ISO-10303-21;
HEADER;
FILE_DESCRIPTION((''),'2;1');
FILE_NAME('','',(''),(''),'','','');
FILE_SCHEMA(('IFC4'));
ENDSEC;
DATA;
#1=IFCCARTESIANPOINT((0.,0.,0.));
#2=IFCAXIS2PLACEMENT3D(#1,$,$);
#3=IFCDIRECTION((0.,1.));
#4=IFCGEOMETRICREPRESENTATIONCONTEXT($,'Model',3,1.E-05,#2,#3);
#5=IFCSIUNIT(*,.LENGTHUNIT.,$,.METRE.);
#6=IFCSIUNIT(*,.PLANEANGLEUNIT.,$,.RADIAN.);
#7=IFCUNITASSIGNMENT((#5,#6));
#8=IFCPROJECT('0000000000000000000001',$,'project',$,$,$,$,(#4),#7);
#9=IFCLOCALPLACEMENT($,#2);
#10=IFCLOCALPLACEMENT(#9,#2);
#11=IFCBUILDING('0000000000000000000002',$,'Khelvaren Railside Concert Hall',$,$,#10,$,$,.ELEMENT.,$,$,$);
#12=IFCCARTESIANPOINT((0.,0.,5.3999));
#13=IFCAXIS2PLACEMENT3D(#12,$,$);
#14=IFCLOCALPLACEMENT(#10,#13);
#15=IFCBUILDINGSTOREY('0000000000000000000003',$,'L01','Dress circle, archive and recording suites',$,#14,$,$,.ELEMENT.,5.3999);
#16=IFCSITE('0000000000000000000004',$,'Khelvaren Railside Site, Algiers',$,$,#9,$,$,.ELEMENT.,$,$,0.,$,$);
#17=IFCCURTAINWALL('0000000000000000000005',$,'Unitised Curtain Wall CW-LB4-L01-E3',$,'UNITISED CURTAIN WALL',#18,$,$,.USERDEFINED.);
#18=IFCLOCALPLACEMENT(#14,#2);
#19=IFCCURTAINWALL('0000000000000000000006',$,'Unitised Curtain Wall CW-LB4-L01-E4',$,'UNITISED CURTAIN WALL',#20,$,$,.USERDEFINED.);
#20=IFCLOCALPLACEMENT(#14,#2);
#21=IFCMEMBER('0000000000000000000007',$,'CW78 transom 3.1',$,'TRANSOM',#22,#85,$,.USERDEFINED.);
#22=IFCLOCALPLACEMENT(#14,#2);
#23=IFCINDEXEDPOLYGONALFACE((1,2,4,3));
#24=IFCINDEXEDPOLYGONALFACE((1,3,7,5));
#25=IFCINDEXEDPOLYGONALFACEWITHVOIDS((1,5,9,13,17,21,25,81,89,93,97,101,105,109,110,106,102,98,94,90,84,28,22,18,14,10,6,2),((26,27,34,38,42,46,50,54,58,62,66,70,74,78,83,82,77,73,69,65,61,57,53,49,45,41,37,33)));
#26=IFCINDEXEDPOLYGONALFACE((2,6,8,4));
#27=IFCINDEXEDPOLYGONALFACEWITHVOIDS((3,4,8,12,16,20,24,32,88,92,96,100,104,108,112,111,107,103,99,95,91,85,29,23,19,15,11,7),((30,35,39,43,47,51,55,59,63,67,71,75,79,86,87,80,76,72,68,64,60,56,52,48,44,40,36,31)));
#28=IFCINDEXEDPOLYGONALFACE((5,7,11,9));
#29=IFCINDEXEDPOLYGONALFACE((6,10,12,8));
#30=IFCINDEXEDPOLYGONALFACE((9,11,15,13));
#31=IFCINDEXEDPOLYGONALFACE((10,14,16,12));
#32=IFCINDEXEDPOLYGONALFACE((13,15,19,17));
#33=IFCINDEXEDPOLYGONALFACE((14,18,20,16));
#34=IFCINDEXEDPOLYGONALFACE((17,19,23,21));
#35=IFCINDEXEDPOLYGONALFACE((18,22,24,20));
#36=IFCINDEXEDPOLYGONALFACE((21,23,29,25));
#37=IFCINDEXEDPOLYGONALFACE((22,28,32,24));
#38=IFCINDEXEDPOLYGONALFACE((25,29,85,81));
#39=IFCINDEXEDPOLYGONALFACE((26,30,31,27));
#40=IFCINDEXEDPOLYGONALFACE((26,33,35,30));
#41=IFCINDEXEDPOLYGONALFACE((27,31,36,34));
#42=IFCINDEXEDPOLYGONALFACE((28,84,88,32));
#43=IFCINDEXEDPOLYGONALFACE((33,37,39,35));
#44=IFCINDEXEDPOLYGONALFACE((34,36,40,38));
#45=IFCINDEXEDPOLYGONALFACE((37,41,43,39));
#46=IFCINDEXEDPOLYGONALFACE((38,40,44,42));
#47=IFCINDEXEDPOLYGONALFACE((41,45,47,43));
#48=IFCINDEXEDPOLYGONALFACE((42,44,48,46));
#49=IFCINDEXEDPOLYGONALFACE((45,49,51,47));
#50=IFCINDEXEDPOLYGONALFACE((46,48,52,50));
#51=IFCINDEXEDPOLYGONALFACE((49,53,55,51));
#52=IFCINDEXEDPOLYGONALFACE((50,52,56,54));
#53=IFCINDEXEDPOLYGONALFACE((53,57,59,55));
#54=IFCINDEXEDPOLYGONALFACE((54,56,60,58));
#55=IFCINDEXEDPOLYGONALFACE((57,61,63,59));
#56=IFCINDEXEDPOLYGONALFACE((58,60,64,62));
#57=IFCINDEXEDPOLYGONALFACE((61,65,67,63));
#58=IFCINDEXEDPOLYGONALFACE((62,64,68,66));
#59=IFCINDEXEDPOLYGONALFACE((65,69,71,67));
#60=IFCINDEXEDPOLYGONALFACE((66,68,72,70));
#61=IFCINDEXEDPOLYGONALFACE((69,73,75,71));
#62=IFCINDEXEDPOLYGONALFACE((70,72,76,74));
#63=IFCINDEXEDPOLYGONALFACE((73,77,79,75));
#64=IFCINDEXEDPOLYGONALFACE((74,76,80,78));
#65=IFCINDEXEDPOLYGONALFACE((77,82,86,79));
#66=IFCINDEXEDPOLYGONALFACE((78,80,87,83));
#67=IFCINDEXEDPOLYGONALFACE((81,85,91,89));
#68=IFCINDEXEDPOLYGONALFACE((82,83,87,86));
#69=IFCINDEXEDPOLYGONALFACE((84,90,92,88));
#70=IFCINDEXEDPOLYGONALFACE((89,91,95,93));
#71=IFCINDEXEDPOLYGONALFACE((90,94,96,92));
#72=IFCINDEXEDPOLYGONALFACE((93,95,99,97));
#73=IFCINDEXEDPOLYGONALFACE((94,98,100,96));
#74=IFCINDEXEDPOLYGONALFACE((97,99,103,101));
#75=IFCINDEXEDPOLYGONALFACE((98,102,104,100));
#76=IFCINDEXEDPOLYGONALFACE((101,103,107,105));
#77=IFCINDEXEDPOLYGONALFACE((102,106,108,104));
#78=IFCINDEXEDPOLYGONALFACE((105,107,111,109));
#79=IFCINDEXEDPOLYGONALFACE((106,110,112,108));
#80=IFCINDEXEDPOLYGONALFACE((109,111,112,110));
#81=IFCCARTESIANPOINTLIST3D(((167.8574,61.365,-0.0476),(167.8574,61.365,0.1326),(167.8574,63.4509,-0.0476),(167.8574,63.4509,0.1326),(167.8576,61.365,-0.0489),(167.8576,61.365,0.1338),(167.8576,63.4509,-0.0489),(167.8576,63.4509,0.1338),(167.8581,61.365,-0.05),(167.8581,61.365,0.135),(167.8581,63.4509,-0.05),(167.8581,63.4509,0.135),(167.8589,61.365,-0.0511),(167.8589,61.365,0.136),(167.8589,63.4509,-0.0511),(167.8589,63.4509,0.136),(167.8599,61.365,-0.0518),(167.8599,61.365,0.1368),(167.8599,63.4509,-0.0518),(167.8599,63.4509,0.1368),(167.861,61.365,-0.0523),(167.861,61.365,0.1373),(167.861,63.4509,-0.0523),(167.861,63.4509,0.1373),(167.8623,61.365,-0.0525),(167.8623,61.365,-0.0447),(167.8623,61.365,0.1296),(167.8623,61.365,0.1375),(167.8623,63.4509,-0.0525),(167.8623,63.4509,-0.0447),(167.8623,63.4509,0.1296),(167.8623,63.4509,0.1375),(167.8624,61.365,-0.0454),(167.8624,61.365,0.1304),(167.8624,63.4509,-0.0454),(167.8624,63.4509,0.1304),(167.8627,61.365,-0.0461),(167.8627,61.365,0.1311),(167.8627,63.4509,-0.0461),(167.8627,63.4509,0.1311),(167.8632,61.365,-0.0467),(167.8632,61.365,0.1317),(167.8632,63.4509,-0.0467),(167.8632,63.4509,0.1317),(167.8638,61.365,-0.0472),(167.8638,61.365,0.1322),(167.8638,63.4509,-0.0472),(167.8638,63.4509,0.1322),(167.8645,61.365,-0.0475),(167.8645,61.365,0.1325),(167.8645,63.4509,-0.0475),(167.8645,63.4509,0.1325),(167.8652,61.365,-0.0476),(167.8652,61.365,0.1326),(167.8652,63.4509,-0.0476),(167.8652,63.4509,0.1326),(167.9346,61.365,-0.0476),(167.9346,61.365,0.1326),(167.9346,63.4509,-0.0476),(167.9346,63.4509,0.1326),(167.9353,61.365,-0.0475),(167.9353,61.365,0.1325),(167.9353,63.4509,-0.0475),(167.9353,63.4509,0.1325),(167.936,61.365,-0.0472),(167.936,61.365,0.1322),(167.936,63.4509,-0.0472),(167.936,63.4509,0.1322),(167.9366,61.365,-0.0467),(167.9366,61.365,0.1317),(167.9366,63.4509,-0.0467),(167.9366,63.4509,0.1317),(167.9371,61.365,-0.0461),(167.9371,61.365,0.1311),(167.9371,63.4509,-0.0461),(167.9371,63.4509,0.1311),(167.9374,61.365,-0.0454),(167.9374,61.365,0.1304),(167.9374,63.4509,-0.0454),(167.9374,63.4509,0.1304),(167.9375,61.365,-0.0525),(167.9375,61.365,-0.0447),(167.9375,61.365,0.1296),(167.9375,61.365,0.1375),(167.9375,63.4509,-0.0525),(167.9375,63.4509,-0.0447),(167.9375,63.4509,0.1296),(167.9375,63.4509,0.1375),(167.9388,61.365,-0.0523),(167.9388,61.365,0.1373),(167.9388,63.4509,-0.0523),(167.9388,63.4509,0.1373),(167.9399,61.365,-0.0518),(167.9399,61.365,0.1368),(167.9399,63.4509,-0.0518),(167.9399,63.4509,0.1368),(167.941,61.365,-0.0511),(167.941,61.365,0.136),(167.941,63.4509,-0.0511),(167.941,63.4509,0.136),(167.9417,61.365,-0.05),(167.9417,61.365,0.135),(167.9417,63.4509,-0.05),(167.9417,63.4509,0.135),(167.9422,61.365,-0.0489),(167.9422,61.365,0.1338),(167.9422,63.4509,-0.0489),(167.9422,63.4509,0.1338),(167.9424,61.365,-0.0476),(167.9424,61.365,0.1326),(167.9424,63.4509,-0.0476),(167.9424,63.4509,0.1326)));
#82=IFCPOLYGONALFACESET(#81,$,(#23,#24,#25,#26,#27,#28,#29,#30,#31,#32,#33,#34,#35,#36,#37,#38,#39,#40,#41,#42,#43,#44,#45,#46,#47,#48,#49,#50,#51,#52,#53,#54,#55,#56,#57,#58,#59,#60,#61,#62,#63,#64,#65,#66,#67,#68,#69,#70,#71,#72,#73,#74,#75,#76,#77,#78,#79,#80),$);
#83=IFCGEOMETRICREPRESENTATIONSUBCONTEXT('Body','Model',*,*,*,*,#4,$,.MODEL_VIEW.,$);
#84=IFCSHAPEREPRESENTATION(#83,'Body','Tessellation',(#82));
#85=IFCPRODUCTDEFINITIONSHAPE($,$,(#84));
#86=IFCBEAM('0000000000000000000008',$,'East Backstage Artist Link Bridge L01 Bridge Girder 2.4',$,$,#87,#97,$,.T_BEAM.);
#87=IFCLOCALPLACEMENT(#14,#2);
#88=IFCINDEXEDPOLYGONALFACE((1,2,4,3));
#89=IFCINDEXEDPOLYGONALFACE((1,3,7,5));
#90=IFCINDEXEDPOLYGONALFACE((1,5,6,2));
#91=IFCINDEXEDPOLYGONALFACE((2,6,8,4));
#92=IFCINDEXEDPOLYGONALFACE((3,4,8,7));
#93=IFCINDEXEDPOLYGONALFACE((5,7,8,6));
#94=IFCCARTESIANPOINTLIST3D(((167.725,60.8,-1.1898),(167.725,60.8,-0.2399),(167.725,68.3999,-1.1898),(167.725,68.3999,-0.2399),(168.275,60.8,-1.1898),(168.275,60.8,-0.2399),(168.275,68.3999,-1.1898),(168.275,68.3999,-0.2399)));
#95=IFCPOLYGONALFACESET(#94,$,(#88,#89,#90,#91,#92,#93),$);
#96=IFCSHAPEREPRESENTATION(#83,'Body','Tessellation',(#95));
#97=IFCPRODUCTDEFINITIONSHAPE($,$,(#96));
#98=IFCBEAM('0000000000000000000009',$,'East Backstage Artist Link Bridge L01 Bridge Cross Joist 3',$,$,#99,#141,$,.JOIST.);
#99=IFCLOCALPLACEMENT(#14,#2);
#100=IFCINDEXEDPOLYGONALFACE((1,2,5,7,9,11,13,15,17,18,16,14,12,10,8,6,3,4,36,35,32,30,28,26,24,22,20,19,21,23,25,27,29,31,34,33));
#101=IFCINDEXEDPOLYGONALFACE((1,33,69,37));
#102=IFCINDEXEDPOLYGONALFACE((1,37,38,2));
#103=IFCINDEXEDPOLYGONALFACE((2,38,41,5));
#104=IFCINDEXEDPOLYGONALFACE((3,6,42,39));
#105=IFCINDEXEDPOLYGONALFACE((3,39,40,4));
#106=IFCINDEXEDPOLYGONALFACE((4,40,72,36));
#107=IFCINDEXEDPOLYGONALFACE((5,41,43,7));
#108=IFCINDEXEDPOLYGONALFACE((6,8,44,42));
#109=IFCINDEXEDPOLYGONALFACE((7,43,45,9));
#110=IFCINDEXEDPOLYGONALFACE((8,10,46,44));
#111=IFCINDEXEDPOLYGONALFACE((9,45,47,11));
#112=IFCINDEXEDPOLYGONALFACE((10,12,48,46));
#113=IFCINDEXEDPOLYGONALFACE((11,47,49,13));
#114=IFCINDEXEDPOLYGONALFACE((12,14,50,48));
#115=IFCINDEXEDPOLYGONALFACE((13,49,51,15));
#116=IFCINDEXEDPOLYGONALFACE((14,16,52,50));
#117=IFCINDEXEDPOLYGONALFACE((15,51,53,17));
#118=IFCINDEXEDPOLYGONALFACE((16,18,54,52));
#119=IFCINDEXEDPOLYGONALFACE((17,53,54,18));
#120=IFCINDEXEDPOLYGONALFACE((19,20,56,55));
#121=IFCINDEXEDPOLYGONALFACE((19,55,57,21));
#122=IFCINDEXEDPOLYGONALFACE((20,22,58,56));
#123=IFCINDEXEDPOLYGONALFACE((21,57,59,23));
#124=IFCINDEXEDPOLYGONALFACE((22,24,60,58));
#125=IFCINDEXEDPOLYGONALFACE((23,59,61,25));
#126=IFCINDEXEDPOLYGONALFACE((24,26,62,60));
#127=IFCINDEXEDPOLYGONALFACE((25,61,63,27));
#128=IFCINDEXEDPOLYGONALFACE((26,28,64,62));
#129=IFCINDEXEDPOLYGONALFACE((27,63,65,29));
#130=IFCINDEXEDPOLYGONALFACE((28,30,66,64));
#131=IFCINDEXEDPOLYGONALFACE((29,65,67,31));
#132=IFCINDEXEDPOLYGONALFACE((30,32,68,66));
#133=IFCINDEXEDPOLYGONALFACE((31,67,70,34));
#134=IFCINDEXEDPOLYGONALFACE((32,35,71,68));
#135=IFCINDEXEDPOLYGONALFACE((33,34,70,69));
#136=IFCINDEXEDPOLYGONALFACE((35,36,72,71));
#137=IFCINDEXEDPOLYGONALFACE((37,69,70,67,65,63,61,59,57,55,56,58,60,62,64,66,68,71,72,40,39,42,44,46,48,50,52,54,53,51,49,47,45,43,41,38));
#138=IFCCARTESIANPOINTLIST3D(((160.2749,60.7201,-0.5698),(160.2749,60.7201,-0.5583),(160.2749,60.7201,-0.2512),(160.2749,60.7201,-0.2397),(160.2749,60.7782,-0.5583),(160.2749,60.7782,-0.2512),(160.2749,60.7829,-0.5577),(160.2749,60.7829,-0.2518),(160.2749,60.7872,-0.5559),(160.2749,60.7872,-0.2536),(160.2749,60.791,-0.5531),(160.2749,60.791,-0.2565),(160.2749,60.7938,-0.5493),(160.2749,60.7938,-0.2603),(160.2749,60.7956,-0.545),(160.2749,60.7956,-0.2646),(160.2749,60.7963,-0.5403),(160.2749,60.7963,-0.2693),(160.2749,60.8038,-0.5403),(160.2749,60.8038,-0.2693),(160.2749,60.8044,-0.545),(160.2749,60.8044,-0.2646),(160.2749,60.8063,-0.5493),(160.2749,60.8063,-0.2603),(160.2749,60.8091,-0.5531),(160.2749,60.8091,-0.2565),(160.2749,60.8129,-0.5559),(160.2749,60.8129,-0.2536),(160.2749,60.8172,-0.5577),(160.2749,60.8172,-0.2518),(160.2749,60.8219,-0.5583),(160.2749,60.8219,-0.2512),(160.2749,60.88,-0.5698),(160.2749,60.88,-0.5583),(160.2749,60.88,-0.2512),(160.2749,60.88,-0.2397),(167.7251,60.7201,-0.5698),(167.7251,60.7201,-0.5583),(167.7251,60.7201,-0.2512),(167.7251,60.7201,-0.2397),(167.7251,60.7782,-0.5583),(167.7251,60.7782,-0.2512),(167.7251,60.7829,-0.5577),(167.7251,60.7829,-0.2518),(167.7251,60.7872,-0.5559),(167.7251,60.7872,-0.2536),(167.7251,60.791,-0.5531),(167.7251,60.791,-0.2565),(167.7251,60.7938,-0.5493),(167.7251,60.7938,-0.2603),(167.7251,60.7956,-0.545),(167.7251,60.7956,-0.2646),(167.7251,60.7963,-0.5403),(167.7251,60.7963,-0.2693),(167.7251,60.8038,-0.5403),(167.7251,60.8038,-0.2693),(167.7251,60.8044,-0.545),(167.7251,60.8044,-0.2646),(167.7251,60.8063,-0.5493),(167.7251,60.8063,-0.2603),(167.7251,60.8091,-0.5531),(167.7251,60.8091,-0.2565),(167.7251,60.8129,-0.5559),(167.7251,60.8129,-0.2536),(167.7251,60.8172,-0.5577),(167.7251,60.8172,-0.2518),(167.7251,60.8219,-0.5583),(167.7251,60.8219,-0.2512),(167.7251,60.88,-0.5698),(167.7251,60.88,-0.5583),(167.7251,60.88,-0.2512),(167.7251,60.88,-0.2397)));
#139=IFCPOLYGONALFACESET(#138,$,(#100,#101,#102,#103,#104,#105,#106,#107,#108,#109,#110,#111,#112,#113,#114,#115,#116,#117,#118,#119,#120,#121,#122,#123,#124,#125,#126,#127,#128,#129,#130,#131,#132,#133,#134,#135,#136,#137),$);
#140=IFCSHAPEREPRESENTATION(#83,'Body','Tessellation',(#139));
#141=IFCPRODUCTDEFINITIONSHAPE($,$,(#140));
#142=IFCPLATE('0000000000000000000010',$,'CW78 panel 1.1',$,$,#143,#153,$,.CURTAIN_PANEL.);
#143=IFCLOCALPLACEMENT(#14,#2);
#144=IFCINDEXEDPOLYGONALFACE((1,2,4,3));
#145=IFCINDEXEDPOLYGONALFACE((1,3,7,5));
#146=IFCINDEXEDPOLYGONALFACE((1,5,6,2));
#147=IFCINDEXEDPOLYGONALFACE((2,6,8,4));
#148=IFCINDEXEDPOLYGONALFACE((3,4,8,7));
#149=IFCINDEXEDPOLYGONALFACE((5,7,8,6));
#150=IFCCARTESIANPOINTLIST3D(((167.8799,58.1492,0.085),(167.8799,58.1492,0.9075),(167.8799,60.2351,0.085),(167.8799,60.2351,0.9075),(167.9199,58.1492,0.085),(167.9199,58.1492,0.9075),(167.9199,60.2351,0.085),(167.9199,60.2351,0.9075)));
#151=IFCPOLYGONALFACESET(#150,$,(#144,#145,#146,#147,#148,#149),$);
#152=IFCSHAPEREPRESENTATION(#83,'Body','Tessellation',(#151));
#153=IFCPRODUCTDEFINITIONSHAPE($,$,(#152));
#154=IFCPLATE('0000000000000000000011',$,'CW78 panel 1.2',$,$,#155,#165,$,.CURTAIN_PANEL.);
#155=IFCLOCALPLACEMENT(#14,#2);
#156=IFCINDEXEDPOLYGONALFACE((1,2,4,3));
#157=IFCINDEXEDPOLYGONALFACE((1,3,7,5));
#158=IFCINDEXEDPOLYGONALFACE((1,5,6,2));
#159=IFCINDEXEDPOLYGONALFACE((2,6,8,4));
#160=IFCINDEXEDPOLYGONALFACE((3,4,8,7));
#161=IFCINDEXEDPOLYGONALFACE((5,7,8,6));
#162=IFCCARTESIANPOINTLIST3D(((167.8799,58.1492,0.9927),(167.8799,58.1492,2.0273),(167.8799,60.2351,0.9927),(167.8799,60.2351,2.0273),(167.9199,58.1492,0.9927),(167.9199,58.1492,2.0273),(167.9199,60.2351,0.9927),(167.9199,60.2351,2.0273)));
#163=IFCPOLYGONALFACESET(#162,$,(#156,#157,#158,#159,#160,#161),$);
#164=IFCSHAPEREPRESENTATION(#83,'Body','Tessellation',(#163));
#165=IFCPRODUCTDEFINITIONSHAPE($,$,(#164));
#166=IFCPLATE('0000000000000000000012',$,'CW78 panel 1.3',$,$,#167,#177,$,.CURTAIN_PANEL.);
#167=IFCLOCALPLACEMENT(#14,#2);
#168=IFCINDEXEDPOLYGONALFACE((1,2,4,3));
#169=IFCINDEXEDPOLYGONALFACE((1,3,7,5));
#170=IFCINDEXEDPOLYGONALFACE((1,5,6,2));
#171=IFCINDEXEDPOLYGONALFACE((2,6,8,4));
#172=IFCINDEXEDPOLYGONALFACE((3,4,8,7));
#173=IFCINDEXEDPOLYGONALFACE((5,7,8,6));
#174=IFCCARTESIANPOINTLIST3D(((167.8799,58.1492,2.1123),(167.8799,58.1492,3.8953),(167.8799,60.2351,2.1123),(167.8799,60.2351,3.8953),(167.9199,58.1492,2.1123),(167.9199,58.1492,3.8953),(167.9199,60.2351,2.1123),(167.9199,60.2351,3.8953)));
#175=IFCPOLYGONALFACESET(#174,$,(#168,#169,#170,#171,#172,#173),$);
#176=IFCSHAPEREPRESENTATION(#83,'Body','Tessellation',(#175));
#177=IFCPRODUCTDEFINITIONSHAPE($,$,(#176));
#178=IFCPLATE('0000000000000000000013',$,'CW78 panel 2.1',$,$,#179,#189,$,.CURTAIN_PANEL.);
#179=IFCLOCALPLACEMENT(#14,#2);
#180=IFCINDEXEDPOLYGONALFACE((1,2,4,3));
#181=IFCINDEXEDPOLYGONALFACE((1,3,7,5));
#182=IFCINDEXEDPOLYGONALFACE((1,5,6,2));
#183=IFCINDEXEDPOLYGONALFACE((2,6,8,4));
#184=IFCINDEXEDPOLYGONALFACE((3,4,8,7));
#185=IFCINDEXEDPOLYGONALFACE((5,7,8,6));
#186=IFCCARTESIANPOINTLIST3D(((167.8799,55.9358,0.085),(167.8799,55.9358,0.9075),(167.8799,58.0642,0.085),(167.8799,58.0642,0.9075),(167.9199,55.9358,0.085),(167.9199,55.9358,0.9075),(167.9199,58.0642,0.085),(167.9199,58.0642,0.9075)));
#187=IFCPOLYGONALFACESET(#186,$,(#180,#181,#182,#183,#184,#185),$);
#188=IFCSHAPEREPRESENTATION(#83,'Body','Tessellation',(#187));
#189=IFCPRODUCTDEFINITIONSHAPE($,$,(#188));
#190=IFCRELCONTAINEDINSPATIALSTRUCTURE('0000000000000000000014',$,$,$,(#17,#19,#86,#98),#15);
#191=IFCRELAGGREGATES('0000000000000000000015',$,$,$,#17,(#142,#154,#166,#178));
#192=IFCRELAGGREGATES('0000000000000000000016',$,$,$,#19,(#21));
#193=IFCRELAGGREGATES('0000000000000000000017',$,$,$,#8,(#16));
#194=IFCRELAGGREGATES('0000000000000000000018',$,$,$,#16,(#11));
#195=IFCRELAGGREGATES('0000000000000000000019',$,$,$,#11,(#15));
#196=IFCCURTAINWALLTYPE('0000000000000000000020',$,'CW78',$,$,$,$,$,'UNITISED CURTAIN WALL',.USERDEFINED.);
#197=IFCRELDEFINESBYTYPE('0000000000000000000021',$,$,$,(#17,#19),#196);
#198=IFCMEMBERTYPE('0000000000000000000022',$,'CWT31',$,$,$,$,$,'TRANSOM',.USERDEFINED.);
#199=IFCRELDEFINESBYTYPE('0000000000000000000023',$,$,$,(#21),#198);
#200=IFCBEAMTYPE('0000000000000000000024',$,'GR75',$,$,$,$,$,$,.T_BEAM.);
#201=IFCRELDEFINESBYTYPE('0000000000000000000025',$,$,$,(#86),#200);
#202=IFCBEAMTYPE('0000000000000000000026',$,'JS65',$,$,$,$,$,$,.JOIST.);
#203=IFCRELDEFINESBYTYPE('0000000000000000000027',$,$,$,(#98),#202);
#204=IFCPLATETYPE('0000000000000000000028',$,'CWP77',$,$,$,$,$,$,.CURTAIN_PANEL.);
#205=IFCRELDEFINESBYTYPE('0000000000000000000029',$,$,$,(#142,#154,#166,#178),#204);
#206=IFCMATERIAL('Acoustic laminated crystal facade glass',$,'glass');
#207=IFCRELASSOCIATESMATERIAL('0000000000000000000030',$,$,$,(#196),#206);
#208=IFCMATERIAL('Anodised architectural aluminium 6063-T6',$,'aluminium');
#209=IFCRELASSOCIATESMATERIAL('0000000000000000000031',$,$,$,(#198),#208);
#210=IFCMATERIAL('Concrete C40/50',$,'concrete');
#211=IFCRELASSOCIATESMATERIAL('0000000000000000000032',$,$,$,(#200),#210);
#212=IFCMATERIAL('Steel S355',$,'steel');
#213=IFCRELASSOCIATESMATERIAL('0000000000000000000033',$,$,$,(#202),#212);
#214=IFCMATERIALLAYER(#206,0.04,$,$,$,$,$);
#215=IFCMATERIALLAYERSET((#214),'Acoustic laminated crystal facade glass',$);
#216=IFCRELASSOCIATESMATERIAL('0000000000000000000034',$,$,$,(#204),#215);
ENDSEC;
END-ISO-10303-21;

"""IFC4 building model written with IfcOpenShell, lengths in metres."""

from ifc_helpers import new_model, si_unit, direction, frame, origin, origin_2d, place, context, subcontext, project, spatial, rectangle, hollow_rectangle, i_section, extrude, material, layer, layer_set, material_profile, profile_set, type_object, element, aggregate, save


model = new_model("IFC4")

# Units and contexts
model_context = context("Model", 3, precision=1e-05, world=origin(), true_north=direction((0.0, 1.0)))
body_context = subcontext(model_context, "Body", "Model", "MODEL_VIEW")
ifc_project = project(units=[si_unit("LENGTHUNIT", "METRE"), si_unit("PLANEANGLEUNIT", "RADIAN")], contexts=[model_context])

# Site, building, storey
site_placement = place(None, origin())
site = spatial("IfcSite", under=ifc_project, at=site_placement, Name="Khelvaren Railside Site, Algiers", CompositionType="ELEMENT", RefElevation=0.0)
building_placement = place(site_placement, origin())
building = spatial("IfcBuilding", under=site, at=building_placement, Name="Khelvaren Railside Concert Hall", CompositionType="ELEMENT")
storey_placement = place(building_placement, frame((0.0, 0.0, 5.3999)))
storey = spatial("IfcBuildingStorey", under=building, at=storey_placement, Name="L01", Description="Dress circle, archive and recording suites", CompositionType="ELEMENT", Elevation=5.3999)

# Shared definitions
ifc_material_1 = material(Name="Steel S355", Category="steel")

# Curtain wall
ifc_material_2 = material(Name="Acoustic laminated crystal facade glass", Category="glass")
curtain_wall_type = type_object("IfcCurtainWallType", Name="CW78", ElementType="UNITISED CURTAIN WALL", PredefinedType="USERDEFINED", material=ifc_material_2)
curtain_wall_1_placement = place(storey_placement, origin())
curtain_wall_1 = element("IfcCurtainWall", 1, at=curtain_wall_1_placement, inside=storey, type_object=curtain_wall_type, Name="Unitised Curtain Wall CW-LB4-L01-E3", ObjectType="UNITISED CURTAIN WALL", PredefinedType="USERDEFINED")
ifc_material_3 = material(Name="Anodised architectural aluminium 6063-T6", Category="aluminium")

# Curtain wall
curtain_wall_2_placement = place(storey_placement, origin())
curtain_wall_2 = element("IfcCurtainWall", 2, at=curtain_wall_2_placement, inside=storey, type_object=curtain_wall_type, Name="Unitised Curtain Wall CW-LB4-L01-E4", ObjectType="UNITISED CURTAIN WALL", PredefinedType="USERDEFINED")

# Member
ifc_material_profile_1 = material_profile(ifc_material_3, hollow_rectangle(XDim=0.085, YDim=0.1899, WallThickness=0.0049, InnerFilletRadius=0.0029, OuterFilletRadius=0.0049, at=origin_2d()), Name="CWT 85x190x5")
ifc_profile_set_1 = profile_set([ifc_material_profile_1], Name="Anodised architectural aluminium 6063-T6")
member_type_1 = type_object("IfcMemberType", Name="CWT31", ElementType="TRANSOM", PredefinedType="USERDEFINED", material=ifc_profile_set_1)
member_1_placement = place(storey_placement, frame((167.8999, 63.4509, 0.0425), z_axis=(0.0, -1.0, 0.0), x_axis=(1.0, 0.0, 0.0)))
member_1 = element("IfcMember", 3, at=member_1_placement, type_object=member_type_1, Name="CW78 transom 3.1", ObjectType="TRANSOM", PredefinedType="USERDEFINED", context=body_context, shape_type="SweptSolid", body=[
    extrude(hollow_rectangle(XDim=0.085, YDim=0.1899, WallThickness=0.0049, InnerFilletRadius=0.0029, OuterFilletRadius=0.0049, at=origin_2d()), origin(), (0.0, 0.0, 1.0), 2.0859),
])

# Beams
ifc_material_4 = material(Name="Concrete C40/50", Category="concrete")
ifc_material_profile_2 = material_profile(ifc_material_4, rectangle(XDim=0.55, YDim=0.95, at=origin_2d()), Name="RCB 550x950")
ifc_profile_set_2 = profile_set([ifc_material_profile_2], Name="Concrete C40/50")
beam_type_1 = type_object("IfcBeamType", Name="GR75", PredefinedType="T_BEAM", material=ifc_profile_set_2)
beam_1_placement = place(storey_placement, frame((168.0, 60.8, -0.7148), z_axis=(0.0, 1.0, 0.0), x_axis=(-1.0, 0.0, 0.0)))
element("IfcBeam", 4, at=beam_1_placement, inside=storey, type_object=beam_type_1, Name="East Backstage Artist Link Bridge L01 Bridge Girder 2.4", PredefinedType="T_BEAM", context=body_context, shape_type="SweptSolid", body=[
    extrude(rectangle(XDim=0.55, YDim=0.95, at=origin_2d()), origin(), (0.0, 0.0, 1.0), 7.5999),
])
ifc_material_profile_3 = material_profile(ifc_material_1, i_section(OverallWidth=0.1599, OverallDepth=0.3301, WebThickness=0.0076, FlangeThickness=0.0115, FilletRadius=0.0181, at=origin_2d()), Name="IPE 330")
ifc_profile_set_3 = profile_set([ifc_material_profile_3], Name="Steel S355")
beam_type_2 = type_object("IfcBeamType", Name="JS65", PredefinedType="JOIST", material=ifc_profile_set_3)
beam_2_placement = place(storey_placement, frame((160.2749, 60.8, -0.4048), z_axis=(1.0, 0.0, 0.0), x_axis=(0.0, 1.0, 0.0)))
element("IfcBeam", 5, at=beam_2_placement, inside=storey, type_object=beam_type_2, Name="East Backstage Artist Link Bridge L01 Bridge Cross Joist 3", PredefinedType="JOIST", context=body_context, shape_type="SweptSolid", body=[
    extrude(i_section(OverallWidth=0.1599, OverallDepth=0.3301, WebThickness=0.0076, FlangeThickness=0.0115, FilletRadius=0.0181, at=origin_2d()), origin(), (0.0, 0.0, 1.0), 7.4502),
])

# Plates
ifc_layer = layer(ifc_material_2, 0.04)
ifc_layer_set = layer_set([ifc_layer], Name="Acoustic laminated crystal facade glass")
plate_type = type_object("IfcPlateType", Name="CWP77", PredefinedType="CURTAIN_PANEL", material=ifc_layer_set)
plate_1_placement = place(storey_placement, frame((167.8999, 59.1921, 0.085), z_axis=(0.0, 0.0, 1.0), x_axis=(0.0, -1.0, 0.0)))
plate_1 = element("IfcPlate", 6, at=plate_1_placement, type_object=plate_type, Name="CW78 panel 1.1", PredefinedType="CURTAIN_PANEL", context=body_context, shape_type="SweptSolid", body=[
    extrude(rectangle(XDim=2.0859, YDim=0.04, at=origin_2d()), origin(), (0.0, 0.0, 1.0), 0.8225),
])
plate_2_placement = place(storey_placement, frame((167.8999, 59.1921, 0.9927), z_axis=(0.0, 0.0, 1.0), x_axis=(0.0, -1.0, 0.0)))
plate_2 = element("IfcPlate", 7, at=plate_2_placement, type_object=plate_type, Name="CW78 panel 1.2", PredefinedType="CURTAIN_PANEL", context=body_context, shape_type="SweptSolid", body=[
    extrude(rectangle(XDim=2.0859, YDim=0.04, at=origin_2d()), origin(), (0.0, 0.0, 1.0), 1.0347),
])
plate_3_placement = place(storey_placement, frame((167.8999, 59.1921, 2.1123), z_axis=(0.0, 0.0, 1.0), x_axis=(0.0, -1.0, 0.0)))
plate_3 = element("IfcPlate", 8, at=plate_3_placement, type_object=plate_type, Name="CW78 panel 1.3", PredefinedType="CURTAIN_PANEL", context=body_context, shape_type="SweptSolid", body=[
    extrude(rectangle(XDim=2.0859, YDim=0.04, at=origin_2d()), origin(), (0.0, 0.0, 1.0), 1.783),
])
plate_4_placement = place(storey_placement, frame((167.8999, 57.0, 0.085), z_axis=(0.0, 0.0, 1.0), x_axis=(0.0, -1.0, 0.0)))
plate_4 = element("IfcPlate", 9, at=plate_4_placement, type_object=plate_type, Name="CW78 panel 2.1", PredefinedType="CURTAIN_PANEL", context=body_context, shape_type="SweptSolid", body=[
    extrude(rectangle(XDim=2.1284, YDim=0.04, at=origin_2d()), origin(), (0.0, 0.0, 1.0), 0.8225),
])
aggregate(curtain_wall_1, [plate_1, plate_2, plate_3, plate_4])
aggregate(curtain_wall_2, [member_1])

save(model, "model.ifc")
